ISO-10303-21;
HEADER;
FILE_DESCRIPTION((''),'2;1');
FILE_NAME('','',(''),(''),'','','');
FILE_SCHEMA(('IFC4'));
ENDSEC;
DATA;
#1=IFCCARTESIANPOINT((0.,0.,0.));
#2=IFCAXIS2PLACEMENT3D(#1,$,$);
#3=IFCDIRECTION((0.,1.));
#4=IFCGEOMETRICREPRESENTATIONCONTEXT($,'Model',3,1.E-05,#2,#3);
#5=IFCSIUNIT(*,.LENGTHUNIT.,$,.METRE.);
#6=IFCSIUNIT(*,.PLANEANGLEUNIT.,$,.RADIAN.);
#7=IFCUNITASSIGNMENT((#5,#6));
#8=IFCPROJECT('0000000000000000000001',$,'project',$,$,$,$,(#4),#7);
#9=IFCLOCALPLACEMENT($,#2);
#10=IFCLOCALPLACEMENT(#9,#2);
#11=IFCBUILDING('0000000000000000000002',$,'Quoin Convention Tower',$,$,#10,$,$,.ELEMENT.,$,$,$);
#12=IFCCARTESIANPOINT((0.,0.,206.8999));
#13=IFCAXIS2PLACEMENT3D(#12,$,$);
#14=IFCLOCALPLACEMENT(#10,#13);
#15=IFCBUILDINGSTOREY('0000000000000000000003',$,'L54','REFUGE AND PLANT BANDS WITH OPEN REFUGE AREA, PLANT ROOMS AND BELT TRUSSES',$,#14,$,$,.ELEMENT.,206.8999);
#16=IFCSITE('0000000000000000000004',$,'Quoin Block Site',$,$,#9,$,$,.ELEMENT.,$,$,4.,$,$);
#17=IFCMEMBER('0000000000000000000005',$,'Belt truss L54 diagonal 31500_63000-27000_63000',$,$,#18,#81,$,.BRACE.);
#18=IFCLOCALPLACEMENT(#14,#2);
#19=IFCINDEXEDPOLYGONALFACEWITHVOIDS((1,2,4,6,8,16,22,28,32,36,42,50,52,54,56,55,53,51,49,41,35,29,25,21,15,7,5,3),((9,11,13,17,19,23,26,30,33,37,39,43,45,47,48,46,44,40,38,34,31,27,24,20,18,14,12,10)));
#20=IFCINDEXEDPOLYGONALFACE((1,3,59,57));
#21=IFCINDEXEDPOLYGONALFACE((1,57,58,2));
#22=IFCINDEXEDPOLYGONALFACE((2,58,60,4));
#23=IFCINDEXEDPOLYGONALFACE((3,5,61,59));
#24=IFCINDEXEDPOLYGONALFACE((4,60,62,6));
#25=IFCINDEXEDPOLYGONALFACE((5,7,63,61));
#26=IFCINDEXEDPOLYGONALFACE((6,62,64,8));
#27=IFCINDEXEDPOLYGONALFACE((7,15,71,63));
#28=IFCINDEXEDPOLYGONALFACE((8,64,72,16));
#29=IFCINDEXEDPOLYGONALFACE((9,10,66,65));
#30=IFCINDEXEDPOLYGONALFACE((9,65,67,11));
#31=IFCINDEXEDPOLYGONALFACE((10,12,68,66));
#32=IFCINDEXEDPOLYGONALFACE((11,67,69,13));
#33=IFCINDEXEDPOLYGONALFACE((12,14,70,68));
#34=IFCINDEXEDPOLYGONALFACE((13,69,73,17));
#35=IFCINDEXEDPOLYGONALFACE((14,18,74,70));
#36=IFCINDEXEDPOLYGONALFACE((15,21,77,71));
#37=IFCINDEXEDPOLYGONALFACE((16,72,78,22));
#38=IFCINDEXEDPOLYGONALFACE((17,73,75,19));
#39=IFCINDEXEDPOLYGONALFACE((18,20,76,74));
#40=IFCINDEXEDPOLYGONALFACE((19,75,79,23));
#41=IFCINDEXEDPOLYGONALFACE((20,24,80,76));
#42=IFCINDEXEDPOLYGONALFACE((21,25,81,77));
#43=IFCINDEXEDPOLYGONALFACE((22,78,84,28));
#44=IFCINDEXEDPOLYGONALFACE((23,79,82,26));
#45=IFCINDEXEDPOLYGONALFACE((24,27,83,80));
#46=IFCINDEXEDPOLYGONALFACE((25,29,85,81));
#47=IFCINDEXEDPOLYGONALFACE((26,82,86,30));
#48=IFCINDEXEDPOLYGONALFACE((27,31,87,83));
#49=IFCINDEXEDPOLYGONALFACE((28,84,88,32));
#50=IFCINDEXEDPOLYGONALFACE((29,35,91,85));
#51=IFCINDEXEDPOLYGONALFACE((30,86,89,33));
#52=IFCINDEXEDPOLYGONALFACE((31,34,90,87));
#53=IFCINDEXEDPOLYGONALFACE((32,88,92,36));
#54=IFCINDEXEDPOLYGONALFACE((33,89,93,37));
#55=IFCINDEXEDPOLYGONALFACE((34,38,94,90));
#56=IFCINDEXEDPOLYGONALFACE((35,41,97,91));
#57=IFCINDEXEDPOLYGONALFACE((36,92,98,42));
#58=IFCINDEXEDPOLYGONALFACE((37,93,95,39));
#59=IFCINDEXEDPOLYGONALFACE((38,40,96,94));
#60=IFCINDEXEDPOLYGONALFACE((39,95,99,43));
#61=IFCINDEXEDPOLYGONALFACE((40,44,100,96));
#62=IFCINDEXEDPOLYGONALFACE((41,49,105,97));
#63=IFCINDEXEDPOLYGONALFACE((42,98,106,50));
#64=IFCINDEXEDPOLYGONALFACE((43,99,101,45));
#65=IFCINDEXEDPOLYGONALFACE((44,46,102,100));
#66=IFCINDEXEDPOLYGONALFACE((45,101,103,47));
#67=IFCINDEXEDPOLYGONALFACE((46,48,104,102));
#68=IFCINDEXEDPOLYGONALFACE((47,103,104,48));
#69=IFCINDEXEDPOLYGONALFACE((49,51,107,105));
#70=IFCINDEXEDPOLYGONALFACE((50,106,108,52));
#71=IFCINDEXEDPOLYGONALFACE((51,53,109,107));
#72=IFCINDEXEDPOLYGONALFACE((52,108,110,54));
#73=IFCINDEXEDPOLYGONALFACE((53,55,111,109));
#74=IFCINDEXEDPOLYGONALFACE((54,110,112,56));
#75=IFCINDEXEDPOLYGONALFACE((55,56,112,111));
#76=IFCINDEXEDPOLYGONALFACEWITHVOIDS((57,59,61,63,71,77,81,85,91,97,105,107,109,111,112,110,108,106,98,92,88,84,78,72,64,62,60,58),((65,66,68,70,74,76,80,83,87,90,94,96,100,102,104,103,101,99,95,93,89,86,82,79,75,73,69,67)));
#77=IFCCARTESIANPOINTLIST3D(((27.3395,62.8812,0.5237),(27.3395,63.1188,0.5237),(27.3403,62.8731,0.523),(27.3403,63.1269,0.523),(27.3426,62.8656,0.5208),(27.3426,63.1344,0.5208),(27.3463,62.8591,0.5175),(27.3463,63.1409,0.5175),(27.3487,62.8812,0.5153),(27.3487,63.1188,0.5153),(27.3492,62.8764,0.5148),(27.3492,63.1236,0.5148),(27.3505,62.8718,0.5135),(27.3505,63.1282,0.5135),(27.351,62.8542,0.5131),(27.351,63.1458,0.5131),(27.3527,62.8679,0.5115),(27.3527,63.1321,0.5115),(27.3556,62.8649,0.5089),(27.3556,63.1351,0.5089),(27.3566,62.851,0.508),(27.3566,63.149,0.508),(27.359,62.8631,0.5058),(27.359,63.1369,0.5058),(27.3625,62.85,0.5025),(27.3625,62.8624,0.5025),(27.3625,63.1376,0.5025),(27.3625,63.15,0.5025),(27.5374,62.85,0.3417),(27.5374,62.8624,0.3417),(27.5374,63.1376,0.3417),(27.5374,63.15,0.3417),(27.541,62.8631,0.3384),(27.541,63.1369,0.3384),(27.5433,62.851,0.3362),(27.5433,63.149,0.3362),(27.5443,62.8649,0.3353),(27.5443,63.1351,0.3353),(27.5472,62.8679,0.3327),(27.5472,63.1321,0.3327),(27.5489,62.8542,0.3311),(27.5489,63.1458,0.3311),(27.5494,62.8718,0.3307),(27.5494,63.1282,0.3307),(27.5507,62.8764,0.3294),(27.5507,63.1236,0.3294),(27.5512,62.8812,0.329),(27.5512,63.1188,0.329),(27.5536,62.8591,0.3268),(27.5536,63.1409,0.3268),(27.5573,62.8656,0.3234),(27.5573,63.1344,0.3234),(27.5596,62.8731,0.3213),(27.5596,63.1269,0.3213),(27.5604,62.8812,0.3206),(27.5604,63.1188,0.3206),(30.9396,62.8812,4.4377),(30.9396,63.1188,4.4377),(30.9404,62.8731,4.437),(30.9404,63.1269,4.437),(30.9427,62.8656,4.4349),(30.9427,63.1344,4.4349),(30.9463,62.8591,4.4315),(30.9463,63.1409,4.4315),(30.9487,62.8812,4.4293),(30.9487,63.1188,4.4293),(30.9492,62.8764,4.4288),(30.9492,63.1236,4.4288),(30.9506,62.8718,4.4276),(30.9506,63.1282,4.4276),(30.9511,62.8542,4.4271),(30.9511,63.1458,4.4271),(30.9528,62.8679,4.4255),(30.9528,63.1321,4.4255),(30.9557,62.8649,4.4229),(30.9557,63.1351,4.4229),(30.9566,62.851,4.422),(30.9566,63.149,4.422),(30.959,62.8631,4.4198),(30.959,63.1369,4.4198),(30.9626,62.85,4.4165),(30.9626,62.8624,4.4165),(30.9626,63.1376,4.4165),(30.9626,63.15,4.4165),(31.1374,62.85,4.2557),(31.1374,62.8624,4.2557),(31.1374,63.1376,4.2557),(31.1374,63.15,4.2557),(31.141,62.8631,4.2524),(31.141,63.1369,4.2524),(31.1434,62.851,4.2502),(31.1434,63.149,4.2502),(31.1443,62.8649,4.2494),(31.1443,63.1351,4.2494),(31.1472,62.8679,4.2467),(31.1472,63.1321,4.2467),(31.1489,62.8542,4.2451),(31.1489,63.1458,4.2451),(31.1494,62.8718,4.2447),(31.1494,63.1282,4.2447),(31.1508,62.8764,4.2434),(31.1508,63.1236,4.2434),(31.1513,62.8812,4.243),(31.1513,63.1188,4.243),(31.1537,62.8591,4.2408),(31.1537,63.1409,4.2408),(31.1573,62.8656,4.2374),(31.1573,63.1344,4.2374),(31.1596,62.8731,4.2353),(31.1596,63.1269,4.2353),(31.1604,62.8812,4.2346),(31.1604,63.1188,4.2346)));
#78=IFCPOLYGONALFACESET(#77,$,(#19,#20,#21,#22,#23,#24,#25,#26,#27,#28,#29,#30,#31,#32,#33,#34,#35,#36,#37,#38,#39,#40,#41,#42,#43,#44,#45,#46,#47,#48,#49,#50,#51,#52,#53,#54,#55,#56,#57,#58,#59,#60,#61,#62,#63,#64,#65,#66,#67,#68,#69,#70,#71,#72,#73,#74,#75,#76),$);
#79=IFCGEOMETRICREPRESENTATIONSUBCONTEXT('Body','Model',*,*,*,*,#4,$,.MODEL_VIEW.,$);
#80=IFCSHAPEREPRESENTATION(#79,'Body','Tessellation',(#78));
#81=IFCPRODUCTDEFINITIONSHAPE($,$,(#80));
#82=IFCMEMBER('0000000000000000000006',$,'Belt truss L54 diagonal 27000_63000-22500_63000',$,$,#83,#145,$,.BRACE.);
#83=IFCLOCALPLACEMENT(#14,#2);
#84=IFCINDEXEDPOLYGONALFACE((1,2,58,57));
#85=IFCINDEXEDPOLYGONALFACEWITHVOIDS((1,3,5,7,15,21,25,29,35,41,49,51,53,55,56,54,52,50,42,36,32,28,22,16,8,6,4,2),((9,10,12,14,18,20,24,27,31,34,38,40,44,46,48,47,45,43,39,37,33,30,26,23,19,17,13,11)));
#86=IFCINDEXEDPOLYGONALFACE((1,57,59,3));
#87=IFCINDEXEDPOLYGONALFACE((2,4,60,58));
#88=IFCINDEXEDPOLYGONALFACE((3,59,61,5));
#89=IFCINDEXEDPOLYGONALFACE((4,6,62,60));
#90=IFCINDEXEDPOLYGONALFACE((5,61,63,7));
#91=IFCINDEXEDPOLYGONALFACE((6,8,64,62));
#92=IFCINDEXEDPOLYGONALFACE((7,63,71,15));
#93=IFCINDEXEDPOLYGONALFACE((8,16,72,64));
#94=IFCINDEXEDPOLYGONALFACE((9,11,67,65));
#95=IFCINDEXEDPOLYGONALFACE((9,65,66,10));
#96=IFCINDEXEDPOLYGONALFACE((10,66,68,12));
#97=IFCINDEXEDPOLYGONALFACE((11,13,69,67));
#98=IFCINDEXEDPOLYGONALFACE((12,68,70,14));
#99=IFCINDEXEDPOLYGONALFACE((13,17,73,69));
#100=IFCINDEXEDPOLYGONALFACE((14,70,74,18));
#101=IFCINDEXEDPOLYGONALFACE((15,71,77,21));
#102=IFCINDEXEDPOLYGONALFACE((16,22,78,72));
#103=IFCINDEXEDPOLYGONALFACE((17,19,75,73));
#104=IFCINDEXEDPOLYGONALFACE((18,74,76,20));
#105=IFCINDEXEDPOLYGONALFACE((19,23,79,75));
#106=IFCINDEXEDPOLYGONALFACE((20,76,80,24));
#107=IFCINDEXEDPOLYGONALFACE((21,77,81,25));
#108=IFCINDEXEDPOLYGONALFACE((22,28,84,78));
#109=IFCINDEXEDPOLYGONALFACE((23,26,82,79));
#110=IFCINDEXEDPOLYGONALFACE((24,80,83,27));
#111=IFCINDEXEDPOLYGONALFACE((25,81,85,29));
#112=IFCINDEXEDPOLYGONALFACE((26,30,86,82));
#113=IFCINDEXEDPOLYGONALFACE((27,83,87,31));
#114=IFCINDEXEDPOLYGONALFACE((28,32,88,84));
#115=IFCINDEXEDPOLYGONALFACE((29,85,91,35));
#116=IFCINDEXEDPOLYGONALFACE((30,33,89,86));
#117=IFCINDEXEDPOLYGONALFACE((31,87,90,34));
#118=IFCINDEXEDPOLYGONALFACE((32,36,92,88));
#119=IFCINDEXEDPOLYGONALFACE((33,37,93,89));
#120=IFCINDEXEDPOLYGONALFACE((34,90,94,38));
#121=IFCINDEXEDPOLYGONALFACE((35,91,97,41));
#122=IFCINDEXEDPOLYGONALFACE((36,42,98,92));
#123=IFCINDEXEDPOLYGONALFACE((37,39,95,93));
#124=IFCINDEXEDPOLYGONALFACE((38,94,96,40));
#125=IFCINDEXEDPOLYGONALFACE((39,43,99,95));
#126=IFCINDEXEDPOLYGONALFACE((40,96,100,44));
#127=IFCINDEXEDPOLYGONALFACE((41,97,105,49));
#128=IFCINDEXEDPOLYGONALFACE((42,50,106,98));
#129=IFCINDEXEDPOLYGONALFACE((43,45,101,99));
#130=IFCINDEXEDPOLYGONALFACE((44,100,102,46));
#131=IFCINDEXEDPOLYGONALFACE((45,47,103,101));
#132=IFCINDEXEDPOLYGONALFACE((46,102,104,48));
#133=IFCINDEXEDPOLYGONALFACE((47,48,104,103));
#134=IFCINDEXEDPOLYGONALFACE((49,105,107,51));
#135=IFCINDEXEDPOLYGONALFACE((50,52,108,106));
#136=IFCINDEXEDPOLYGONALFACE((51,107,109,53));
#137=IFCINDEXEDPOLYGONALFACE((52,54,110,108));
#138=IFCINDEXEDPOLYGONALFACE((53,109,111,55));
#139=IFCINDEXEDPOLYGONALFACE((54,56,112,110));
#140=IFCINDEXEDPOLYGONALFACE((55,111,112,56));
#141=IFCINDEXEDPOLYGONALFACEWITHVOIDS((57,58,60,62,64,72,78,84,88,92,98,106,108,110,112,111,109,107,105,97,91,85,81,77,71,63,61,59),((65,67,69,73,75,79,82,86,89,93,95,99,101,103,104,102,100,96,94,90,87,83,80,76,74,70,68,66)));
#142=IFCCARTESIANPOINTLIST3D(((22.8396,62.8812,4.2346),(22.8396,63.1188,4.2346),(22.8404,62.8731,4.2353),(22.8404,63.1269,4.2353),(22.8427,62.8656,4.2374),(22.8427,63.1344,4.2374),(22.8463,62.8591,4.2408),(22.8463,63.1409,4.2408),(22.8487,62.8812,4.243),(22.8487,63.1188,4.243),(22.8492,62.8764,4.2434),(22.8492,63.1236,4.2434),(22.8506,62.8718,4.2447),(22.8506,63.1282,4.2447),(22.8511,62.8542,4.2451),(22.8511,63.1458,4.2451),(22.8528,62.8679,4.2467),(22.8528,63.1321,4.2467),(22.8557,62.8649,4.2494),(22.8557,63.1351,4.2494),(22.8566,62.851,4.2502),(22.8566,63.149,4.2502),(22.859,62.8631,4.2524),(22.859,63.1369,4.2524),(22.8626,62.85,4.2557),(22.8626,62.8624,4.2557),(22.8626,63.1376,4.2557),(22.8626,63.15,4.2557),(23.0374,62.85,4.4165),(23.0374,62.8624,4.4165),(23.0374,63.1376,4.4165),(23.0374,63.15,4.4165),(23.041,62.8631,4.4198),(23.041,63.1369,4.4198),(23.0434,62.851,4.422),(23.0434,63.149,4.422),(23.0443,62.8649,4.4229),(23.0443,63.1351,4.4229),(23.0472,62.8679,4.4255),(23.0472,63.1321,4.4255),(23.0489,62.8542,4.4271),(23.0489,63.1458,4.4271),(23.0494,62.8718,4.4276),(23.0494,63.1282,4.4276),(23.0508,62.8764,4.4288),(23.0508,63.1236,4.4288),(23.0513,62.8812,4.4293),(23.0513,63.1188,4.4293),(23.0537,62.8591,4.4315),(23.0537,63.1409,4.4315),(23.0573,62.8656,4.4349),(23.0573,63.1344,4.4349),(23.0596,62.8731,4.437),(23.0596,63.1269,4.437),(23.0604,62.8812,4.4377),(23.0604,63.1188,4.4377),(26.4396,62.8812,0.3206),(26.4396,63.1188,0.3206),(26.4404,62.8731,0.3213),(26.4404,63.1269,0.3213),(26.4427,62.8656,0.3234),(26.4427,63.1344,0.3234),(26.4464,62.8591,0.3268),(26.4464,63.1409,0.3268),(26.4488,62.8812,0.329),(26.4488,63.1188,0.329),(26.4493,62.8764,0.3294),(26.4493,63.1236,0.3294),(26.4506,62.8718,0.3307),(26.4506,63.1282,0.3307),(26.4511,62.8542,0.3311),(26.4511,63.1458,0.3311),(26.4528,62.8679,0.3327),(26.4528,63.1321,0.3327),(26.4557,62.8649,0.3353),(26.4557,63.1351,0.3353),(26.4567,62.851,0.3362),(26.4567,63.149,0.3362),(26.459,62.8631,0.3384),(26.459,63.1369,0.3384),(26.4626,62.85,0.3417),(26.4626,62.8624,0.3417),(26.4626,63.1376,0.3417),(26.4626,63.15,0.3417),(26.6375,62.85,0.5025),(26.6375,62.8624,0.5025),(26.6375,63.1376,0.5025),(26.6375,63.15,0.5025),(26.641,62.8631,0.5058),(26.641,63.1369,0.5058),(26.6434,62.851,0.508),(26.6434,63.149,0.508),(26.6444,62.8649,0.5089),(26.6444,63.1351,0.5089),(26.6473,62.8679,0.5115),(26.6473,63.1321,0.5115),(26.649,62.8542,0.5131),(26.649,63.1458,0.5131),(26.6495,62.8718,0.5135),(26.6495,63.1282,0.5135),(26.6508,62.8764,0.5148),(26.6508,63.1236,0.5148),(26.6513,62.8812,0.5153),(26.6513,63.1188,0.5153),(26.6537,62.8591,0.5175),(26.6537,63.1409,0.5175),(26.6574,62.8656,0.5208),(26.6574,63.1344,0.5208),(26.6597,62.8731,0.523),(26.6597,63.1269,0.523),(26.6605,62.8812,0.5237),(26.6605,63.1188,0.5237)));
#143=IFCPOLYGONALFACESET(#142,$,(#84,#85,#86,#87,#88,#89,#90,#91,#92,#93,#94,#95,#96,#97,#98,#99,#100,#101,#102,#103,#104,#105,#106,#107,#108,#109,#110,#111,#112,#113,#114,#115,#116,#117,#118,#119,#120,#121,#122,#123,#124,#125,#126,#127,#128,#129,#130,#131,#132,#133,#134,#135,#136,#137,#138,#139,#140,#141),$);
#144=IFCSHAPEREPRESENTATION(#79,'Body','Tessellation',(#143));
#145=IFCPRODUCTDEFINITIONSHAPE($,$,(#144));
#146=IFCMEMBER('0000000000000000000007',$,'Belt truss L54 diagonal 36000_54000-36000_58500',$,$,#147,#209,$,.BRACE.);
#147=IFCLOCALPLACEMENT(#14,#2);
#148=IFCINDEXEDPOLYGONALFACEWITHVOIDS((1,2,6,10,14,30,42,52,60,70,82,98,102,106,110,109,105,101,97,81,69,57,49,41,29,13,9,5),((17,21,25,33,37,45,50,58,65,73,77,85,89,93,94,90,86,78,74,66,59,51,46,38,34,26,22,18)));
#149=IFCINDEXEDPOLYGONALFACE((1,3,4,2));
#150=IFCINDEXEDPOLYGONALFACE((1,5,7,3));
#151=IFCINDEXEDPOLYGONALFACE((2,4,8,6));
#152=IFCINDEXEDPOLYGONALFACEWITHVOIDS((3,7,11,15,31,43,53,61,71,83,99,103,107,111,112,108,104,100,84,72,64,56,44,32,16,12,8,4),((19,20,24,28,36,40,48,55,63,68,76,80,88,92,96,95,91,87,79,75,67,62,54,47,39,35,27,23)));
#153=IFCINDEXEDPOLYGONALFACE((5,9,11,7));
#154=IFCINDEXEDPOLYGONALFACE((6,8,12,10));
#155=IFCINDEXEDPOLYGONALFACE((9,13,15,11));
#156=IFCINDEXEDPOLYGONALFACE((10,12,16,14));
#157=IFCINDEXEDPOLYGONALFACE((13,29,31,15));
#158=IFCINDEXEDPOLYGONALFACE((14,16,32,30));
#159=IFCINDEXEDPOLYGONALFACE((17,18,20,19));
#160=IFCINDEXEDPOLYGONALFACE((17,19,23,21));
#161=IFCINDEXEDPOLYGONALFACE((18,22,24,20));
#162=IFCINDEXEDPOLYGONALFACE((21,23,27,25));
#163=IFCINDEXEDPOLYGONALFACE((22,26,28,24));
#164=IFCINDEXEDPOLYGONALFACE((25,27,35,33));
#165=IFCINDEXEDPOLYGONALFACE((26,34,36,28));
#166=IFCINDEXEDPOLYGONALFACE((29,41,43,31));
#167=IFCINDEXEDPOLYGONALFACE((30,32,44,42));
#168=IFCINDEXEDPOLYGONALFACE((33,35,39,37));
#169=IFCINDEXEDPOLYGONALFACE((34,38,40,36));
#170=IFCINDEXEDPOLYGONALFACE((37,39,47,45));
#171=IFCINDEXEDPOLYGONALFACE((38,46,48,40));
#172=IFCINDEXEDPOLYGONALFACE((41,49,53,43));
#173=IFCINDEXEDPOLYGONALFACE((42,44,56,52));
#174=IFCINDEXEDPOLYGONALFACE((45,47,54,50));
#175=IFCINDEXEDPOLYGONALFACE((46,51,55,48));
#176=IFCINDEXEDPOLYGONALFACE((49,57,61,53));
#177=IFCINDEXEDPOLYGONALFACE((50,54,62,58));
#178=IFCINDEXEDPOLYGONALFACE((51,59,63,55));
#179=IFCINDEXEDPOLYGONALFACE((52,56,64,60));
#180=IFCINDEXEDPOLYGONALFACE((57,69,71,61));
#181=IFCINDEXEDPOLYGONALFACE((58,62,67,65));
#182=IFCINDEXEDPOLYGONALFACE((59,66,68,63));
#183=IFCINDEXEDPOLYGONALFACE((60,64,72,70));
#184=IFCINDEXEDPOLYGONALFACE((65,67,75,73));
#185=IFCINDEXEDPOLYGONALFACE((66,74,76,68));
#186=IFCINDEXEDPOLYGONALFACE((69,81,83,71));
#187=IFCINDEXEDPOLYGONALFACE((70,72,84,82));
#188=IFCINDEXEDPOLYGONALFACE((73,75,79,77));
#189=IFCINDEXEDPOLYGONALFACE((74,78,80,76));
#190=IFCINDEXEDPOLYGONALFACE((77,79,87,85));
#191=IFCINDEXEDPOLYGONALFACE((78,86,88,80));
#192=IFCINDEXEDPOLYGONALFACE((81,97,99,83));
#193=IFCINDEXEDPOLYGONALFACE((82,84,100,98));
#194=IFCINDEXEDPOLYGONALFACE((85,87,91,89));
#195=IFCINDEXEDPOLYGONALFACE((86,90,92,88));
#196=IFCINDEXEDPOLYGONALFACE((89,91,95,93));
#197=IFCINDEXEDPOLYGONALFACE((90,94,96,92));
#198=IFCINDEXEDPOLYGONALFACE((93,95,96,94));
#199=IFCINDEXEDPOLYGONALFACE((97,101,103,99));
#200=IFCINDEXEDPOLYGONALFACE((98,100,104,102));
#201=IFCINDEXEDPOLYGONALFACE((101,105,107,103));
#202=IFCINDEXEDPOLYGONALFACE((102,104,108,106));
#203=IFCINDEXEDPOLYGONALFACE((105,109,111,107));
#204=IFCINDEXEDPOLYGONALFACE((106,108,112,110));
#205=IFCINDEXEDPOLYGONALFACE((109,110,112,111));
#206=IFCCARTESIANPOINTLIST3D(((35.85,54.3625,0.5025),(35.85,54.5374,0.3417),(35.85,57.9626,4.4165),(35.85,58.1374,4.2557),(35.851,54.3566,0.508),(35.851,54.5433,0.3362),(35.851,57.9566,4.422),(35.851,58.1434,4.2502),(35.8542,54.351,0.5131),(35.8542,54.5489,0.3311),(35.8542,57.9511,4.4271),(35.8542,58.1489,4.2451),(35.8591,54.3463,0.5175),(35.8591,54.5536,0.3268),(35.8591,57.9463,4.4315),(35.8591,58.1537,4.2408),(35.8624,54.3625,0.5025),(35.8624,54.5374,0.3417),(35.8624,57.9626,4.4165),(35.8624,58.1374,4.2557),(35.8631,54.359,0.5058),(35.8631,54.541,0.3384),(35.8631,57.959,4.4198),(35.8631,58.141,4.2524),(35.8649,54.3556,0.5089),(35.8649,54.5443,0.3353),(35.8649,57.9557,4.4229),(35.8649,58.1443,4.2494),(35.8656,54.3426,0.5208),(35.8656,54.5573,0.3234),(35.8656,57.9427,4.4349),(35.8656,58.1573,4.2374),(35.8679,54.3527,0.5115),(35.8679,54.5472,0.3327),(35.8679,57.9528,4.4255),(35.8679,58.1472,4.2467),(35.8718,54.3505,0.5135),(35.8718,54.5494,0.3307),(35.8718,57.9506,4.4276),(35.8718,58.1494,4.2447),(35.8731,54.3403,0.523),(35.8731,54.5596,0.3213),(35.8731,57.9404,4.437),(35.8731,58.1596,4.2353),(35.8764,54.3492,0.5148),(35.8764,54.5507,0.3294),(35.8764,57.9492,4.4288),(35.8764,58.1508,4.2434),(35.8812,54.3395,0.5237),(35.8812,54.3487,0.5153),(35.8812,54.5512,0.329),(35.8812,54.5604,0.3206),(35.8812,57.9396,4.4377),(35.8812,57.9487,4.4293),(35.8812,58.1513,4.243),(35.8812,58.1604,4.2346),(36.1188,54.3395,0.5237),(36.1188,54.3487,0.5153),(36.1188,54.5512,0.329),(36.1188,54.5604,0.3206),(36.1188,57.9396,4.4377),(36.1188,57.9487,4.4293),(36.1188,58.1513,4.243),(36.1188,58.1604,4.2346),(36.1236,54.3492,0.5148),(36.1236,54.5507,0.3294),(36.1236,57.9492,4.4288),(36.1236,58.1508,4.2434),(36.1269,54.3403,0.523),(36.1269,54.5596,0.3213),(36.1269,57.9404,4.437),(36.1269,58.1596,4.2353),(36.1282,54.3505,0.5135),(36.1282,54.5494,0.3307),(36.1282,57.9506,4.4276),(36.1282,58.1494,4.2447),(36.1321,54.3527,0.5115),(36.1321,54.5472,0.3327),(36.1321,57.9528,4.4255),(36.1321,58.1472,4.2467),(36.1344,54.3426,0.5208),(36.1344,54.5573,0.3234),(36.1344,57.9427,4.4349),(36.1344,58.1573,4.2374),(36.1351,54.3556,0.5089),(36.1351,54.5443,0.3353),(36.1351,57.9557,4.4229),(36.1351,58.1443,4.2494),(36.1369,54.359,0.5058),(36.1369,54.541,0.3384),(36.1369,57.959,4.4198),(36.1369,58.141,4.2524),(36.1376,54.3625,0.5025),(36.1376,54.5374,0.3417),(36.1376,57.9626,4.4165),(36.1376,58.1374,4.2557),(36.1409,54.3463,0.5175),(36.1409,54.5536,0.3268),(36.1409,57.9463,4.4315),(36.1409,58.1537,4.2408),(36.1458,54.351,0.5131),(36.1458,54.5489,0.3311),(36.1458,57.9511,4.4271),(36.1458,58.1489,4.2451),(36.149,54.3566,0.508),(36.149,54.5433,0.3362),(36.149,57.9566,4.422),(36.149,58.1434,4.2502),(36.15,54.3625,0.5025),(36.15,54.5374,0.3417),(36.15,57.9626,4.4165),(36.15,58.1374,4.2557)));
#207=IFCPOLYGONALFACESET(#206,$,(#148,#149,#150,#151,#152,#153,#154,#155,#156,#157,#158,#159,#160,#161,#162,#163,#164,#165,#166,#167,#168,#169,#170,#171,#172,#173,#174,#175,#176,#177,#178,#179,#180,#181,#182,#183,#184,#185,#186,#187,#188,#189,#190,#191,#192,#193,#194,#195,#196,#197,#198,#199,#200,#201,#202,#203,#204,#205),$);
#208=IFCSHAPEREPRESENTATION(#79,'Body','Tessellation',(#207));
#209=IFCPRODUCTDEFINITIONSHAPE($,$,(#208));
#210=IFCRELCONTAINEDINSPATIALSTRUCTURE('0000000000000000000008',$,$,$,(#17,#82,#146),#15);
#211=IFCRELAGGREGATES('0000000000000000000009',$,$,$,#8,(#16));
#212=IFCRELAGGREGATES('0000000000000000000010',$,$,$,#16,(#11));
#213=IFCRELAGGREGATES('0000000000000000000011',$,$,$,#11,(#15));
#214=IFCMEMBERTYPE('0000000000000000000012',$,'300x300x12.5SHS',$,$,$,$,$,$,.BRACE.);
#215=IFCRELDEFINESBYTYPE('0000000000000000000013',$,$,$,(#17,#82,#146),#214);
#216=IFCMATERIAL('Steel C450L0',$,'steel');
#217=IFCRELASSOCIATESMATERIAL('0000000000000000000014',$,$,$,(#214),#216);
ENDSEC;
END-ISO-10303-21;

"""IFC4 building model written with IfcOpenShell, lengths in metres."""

from ifc_helpers import new_model, si_unit, direction, frame, origin, origin_2d, place, context, subcontext, project, spatial, hollow_rectangle, extrude, material, material_profile, profile_set, type_object, element, save


model = new_model("IFC4")

# Units and contexts
model_context = context("Model", 3, precision=1e-05, world=origin(), true_north=direction((0.0, 1.0)))
body_context = subcontext(model_context, "Body", "Model", "MODEL_VIEW")
ifc_project = project(units=[si_unit("LENGTHUNIT", "METRE"), si_unit("PLANEANGLEUNIT", "RADIAN")], contexts=[model_context])

# Site, building, storey
site_placement = place(None, origin())
site = spatial("IfcSite", under=ifc_project, at=site_placement, Name="Quoin Block Site", CompositionType="ELEMENT", RefElevation=4.0)
building_placement = place(site_placement, origin())
building = spatial("IfcBuilding", under=site, at=building_placement, Name="Quoin Convention Tower", CompositionType="ELEMENT")
storey_placement = place(building_placement, frame((0.0, 0.0, 206.8999)))
storey = spatial("IfcBuildingStorey", under=building, at=storey_placement, Name="L54", Description="REFUGE AND PLANT BANDS WITH OPEN REFUGE AREA, PLANT ROOMS AND BELT TRUSSES", CompositionType="ELEMENT", Elevation=206.8999)

# Members
ifc_material_1 = material(Name="Steel C450L0", Category="steel")
ifc_material_profile_1 = material_profile(ifc_material_1, hollow_rectangle(XDim=0.3, YDim=0.3, WallThickness=0.0125, InnerFilletRadius=0.0188, OuterFilletRadius=0.0312, at=origin_2d()), Name="300x300x12.5SHS")
ifc_profile_set_1 = profile_set([ifc_material_profile_1], Name="Steel C450L0")
member_type_1 = type_object("IfcMemberType", Name="300x300x12.5SHS", PredefinedType="BRACE", material=ifc_profile_set_1)
for number, where, z_axis, x_axis, name in (
    (1, (27.45, 63.0, 0.4221), (0.676971, 0.0, 0.73601), (0.0, 1.0, 0.0), "Belt truss L54 diagonal 31500_63000-27000_63000"),
    (2, (26.55, 63.0, 0.4221), (-0.676971, 0.0, 0.73601), (0.0, -1.0, 0.0), "Belt truss L54 diagonal 27000_63000-22500_63000"),
    (3, (36.0, 54.45, 0.4221), (0.0, 0.676971, 0.73601), (-1.0, 0.0, 0.0), "Belt truss L54 diagonal 36000_54000-36000_58500"),
):
    element("IfcMember", number, at=place(storey_placement, frame(where, z_axis=z_axis, x_axis=x_axis)), inside=storey, type_object=member_type_1, Name=name, PredefinedType="BRACE", context=body_context, shape_type="SweptSolid", body=[
        extrude(hollow_rectangle(XDim=0.3, YDim=0.3, WallThickness=0.0125, InnerFilletRadius=0.0188, OuterFilletRadius=0.0312, at=origin_2d()), origin(), (0.0, 0.0, 1.0), 5.3179),
    ])

save(model, "model.ifc")
